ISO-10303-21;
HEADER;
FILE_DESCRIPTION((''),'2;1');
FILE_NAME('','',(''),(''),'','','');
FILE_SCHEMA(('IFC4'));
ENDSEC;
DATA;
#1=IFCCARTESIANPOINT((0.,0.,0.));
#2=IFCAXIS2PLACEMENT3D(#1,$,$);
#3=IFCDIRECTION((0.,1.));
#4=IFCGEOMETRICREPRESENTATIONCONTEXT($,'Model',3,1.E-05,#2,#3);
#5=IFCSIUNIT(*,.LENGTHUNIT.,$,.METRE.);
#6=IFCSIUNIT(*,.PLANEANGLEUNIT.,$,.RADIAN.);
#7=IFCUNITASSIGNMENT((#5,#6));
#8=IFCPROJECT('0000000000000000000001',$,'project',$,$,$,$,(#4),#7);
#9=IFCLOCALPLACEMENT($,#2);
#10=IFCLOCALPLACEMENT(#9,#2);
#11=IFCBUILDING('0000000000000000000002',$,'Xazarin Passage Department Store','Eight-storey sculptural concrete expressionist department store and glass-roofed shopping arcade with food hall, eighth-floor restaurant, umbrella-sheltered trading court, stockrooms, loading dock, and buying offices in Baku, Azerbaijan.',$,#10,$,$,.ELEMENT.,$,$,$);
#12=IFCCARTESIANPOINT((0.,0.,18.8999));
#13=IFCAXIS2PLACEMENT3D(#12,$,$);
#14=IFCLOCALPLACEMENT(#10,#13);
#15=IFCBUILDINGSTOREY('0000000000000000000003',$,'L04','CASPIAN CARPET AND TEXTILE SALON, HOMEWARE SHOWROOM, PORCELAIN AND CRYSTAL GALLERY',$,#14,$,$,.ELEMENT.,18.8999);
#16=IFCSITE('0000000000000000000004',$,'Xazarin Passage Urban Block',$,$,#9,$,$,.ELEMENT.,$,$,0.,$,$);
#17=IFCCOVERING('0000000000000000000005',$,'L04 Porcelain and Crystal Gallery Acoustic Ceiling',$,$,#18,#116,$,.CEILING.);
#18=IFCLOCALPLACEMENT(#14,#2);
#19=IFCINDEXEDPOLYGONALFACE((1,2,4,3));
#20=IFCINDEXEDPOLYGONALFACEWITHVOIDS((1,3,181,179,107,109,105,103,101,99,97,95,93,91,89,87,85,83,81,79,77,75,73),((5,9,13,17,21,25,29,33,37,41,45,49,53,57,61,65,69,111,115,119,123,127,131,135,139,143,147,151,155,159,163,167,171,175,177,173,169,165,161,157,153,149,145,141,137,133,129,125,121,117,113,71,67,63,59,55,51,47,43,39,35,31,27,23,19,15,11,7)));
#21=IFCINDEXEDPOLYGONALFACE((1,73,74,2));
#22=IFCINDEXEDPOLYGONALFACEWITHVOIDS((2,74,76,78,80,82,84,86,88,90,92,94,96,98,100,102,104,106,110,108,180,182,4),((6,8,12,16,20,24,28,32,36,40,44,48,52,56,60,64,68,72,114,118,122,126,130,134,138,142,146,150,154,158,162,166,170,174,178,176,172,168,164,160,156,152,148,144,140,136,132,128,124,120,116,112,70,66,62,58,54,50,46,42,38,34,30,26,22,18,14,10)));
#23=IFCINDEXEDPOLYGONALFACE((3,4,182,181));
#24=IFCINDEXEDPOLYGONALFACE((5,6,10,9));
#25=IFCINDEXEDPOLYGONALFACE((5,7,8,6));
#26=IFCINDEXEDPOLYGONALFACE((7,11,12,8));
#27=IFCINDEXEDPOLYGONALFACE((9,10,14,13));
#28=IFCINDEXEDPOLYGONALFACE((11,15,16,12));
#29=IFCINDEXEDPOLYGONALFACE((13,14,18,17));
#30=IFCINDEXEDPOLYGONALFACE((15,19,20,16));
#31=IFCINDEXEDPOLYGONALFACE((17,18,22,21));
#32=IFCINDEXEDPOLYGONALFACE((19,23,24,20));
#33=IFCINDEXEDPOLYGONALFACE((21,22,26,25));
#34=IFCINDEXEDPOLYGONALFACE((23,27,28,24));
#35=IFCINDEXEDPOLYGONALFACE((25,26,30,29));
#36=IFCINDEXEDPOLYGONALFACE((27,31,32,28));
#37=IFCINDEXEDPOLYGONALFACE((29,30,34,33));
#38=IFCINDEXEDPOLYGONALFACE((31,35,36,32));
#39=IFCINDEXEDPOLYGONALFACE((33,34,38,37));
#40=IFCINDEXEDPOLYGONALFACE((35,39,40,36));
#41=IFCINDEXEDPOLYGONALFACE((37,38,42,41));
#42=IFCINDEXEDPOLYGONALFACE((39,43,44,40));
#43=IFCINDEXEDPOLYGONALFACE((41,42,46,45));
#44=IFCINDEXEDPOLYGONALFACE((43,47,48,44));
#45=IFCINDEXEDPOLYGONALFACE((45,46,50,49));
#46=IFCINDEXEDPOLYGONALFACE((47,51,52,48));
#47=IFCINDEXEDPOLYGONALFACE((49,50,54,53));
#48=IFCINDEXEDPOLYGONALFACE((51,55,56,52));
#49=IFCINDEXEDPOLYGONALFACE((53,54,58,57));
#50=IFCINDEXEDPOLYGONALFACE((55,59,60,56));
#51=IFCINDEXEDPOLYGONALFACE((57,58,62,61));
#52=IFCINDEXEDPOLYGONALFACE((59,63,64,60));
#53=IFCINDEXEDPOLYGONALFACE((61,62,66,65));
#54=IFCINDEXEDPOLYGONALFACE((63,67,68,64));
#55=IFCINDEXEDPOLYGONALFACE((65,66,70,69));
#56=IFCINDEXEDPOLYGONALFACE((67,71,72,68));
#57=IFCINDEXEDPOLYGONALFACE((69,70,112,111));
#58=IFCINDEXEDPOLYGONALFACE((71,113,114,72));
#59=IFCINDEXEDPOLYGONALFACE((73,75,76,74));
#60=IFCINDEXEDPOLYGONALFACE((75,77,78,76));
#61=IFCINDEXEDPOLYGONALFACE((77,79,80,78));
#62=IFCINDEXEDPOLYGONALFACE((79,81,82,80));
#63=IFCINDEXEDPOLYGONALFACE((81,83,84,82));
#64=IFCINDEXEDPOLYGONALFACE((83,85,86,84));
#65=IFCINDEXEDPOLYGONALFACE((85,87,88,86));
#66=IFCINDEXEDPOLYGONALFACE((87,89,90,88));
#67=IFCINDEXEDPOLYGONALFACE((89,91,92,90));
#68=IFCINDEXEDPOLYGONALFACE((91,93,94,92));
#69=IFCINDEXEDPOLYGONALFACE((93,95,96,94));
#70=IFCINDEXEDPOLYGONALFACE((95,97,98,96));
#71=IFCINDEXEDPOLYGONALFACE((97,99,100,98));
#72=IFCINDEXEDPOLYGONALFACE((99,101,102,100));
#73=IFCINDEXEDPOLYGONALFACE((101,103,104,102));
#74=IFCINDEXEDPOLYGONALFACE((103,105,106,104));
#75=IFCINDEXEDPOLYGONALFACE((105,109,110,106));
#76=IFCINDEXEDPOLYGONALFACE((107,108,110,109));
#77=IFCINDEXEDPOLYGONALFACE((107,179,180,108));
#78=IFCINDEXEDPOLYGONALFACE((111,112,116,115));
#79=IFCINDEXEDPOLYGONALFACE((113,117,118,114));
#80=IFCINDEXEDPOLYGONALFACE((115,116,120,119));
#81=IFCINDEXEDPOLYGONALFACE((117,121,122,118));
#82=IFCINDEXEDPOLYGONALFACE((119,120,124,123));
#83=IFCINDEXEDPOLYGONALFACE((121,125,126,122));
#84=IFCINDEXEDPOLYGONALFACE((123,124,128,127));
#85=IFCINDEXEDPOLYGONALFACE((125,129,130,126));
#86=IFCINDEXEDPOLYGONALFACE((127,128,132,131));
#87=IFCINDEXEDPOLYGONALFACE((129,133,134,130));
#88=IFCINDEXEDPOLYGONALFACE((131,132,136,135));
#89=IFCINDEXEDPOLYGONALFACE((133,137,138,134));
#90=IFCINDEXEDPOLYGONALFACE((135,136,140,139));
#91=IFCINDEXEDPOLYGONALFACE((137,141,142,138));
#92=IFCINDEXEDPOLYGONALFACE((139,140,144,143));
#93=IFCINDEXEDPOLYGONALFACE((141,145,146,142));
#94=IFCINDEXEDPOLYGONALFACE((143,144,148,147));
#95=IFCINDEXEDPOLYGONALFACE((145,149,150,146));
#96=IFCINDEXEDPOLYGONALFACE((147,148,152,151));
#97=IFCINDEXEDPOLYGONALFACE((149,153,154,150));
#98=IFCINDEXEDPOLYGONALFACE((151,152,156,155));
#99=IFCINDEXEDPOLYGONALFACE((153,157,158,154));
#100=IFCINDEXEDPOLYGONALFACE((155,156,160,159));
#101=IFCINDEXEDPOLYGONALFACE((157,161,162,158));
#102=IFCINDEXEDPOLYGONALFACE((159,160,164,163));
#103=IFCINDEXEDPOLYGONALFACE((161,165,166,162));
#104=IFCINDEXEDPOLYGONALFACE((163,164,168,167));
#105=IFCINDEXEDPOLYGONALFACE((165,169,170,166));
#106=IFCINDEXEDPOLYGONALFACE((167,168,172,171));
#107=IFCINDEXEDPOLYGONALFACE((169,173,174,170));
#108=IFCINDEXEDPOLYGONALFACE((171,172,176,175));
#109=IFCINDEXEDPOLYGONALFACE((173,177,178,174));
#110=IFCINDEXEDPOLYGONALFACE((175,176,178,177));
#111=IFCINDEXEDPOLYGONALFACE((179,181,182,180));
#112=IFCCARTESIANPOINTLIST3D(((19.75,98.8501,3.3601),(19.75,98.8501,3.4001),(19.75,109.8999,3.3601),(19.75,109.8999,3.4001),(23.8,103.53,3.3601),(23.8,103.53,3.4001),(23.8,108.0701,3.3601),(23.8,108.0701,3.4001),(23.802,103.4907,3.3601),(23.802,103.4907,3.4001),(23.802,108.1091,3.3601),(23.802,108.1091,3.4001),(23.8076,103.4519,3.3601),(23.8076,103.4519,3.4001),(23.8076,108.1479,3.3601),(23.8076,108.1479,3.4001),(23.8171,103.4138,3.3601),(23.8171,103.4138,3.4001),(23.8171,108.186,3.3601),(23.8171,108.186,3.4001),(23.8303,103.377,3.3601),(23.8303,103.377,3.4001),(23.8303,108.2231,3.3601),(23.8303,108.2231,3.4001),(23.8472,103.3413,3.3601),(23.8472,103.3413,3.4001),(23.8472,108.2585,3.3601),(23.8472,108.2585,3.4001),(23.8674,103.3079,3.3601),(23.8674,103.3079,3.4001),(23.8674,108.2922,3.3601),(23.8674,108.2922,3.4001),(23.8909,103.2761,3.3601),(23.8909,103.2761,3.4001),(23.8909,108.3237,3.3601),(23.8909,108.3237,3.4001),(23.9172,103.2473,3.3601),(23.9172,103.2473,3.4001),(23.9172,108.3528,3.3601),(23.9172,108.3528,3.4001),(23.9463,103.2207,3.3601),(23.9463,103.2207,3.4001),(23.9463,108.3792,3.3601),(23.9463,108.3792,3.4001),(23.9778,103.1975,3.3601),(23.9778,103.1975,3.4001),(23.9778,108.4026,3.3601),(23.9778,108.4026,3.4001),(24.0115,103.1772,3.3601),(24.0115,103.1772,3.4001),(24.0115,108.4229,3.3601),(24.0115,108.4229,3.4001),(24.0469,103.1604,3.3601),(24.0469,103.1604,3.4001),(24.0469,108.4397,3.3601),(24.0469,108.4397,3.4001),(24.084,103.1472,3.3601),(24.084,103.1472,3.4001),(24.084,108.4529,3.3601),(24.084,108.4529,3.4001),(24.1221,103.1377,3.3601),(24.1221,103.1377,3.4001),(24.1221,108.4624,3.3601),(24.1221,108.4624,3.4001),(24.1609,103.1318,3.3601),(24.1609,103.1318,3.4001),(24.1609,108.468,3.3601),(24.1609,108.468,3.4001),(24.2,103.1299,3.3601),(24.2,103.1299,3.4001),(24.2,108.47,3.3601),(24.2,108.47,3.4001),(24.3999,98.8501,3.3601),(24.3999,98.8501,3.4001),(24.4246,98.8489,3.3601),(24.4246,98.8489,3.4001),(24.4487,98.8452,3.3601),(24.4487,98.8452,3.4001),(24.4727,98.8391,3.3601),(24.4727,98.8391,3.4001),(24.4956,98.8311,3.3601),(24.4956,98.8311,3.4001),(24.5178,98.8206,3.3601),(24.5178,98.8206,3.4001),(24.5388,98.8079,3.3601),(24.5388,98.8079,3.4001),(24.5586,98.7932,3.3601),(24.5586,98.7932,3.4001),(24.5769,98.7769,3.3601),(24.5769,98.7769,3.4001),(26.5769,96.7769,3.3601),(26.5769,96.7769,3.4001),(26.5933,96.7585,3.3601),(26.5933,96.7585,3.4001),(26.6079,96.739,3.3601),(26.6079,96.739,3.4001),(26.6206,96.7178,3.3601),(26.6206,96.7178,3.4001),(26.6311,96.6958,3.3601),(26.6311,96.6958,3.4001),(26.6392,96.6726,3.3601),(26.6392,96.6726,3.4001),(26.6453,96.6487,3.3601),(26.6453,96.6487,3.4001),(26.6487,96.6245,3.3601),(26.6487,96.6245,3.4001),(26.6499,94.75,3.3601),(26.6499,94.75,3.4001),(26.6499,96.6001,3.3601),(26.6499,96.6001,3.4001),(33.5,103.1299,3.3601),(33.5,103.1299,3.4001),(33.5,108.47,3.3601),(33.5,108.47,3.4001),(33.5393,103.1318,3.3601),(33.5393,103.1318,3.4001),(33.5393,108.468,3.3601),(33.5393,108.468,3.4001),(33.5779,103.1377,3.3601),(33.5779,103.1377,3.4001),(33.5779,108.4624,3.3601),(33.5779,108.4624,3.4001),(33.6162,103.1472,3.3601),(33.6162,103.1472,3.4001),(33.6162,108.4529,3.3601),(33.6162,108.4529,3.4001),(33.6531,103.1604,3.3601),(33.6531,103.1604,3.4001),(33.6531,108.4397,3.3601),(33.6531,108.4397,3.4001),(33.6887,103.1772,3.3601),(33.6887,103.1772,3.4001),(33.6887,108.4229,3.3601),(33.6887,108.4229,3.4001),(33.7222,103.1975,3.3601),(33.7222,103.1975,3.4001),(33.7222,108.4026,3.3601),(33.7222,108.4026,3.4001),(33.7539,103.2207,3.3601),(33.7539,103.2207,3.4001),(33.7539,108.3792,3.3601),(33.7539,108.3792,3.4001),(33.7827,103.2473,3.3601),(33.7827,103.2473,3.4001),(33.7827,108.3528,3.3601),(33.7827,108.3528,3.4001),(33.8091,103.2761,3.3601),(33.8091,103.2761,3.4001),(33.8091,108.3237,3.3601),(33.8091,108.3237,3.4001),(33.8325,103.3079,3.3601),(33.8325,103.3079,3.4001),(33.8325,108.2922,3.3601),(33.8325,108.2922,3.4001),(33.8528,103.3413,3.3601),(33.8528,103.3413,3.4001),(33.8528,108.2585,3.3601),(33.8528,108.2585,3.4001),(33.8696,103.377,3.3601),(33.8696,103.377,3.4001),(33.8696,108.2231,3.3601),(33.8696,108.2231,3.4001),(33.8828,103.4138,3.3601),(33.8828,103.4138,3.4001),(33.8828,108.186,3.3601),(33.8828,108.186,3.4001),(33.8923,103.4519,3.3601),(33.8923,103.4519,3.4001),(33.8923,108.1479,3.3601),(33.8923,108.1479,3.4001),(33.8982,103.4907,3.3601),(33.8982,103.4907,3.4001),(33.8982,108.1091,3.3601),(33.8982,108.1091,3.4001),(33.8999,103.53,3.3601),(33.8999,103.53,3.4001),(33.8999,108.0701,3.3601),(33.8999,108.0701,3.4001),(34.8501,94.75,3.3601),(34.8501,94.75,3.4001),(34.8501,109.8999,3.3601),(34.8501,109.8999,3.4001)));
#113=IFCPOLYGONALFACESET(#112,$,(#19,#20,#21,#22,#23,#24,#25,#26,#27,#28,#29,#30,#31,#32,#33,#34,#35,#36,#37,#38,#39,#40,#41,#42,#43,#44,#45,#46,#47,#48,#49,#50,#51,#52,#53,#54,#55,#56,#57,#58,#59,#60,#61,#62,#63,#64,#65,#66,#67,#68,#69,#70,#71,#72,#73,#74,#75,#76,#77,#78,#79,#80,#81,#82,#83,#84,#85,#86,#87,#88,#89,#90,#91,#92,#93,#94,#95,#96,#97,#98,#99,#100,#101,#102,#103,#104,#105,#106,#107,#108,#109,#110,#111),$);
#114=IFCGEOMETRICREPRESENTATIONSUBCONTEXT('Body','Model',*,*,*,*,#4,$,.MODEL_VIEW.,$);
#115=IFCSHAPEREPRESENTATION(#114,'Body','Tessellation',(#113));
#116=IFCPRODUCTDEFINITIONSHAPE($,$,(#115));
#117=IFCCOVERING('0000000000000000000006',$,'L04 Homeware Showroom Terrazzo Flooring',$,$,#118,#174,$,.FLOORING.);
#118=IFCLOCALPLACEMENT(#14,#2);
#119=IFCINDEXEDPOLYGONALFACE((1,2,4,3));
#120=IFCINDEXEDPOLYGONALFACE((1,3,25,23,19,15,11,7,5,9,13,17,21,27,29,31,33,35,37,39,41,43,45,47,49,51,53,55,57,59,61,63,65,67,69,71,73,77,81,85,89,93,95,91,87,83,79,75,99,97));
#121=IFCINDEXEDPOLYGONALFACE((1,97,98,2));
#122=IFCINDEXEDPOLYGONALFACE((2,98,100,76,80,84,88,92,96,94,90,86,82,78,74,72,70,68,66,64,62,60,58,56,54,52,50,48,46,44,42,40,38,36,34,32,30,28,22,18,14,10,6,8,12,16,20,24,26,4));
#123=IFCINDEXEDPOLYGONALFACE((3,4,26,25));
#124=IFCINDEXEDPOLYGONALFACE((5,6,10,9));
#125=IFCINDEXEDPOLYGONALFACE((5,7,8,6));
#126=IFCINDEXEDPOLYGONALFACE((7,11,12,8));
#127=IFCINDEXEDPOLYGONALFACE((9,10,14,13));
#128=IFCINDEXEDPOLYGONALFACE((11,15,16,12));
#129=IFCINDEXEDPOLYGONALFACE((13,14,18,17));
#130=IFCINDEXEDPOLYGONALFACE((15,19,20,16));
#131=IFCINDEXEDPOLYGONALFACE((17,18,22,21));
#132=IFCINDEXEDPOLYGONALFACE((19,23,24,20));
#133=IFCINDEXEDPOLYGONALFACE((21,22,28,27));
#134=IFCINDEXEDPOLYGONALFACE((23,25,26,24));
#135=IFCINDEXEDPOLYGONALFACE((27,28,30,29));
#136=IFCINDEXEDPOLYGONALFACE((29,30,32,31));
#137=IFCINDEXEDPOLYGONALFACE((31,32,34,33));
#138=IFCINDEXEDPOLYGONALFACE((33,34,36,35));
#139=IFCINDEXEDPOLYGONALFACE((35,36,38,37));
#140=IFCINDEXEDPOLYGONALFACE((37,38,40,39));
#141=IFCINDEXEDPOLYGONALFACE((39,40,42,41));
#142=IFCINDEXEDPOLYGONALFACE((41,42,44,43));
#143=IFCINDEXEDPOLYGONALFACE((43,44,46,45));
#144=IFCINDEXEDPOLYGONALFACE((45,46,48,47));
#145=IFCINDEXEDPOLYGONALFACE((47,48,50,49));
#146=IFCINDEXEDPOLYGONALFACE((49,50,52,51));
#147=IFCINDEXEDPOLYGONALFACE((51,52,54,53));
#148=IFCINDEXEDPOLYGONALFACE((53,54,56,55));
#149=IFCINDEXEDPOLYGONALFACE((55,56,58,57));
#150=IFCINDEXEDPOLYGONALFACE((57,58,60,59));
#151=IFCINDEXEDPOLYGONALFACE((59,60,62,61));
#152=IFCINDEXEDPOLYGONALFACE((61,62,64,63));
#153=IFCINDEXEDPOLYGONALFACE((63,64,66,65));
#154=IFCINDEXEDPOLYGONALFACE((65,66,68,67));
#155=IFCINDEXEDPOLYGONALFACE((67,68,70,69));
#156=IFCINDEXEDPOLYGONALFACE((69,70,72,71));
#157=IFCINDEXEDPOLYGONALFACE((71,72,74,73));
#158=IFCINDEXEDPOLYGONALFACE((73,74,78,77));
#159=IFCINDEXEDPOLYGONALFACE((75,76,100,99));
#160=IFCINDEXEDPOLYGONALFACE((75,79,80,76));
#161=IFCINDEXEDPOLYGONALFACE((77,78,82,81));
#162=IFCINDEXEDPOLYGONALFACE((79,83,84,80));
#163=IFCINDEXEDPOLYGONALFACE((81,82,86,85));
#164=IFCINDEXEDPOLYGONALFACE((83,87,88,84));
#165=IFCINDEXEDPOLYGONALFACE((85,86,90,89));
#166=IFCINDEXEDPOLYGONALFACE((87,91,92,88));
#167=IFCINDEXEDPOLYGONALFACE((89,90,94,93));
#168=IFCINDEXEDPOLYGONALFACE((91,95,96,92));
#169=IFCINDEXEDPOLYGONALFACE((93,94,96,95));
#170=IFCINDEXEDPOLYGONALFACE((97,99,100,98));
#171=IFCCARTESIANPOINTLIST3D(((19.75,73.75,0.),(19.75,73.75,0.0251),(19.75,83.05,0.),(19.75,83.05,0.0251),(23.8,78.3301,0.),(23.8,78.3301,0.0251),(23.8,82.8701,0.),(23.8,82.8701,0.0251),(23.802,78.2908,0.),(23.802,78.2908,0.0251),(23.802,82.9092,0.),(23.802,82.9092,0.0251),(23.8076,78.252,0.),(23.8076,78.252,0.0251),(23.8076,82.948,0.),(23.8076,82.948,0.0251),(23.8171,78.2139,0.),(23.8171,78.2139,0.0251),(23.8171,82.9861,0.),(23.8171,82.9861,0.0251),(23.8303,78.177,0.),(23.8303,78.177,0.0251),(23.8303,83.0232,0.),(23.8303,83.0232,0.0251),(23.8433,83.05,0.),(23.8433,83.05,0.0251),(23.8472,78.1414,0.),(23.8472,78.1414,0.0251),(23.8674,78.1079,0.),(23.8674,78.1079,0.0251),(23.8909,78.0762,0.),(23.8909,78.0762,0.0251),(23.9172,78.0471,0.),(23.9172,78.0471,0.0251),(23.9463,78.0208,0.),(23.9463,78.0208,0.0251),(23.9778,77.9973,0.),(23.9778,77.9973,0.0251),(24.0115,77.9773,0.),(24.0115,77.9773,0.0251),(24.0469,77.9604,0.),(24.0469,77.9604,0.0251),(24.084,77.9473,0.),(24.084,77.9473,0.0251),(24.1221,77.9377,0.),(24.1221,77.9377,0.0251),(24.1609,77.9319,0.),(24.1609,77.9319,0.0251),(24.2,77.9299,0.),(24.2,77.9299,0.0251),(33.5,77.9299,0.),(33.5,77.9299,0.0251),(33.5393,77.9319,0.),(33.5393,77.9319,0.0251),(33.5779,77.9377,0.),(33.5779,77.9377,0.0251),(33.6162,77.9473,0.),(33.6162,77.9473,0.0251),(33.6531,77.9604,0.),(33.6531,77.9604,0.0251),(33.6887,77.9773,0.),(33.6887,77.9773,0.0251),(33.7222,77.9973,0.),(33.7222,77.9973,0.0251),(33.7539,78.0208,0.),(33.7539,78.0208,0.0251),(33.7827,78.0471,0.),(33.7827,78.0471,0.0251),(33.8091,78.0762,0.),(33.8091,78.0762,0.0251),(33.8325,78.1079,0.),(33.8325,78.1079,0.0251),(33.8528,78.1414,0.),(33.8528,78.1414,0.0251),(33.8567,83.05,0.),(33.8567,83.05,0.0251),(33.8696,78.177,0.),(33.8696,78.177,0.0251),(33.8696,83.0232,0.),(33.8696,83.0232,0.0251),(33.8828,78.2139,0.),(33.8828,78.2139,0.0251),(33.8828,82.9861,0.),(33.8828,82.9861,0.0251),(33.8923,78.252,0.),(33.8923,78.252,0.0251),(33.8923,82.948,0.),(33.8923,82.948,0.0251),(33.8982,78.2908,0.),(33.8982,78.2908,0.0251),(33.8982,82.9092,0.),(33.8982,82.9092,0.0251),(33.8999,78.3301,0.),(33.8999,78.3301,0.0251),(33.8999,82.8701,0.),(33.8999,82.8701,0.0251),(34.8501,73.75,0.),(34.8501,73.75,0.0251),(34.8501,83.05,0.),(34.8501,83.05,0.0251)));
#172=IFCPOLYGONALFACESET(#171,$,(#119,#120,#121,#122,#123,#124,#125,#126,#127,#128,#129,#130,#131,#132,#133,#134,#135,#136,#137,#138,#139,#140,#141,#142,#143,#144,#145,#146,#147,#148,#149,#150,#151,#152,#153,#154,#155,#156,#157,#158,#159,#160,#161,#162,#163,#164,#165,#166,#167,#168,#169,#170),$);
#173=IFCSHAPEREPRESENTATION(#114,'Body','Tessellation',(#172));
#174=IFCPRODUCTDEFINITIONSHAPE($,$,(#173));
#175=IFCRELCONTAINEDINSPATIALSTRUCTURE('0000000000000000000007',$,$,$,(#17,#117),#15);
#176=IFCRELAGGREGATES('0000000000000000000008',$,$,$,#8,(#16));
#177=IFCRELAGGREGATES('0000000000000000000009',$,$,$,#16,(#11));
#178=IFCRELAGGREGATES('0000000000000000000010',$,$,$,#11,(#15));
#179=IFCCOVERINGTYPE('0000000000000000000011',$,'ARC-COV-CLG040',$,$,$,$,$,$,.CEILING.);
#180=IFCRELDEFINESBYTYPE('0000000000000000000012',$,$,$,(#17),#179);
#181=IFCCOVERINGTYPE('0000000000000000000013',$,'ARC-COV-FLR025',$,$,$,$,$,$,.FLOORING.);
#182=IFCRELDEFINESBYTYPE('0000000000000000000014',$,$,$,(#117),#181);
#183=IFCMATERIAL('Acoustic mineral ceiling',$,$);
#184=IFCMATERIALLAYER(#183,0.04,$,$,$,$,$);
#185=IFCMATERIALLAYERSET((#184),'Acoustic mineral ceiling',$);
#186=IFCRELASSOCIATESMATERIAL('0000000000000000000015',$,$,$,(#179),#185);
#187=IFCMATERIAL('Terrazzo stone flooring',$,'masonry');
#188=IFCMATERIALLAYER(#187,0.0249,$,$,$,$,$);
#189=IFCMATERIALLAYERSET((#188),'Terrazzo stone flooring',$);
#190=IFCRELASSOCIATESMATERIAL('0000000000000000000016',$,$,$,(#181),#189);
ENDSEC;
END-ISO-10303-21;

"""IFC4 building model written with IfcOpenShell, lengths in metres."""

from ifc_helpers import new_model, si_unit, direction, frame, origin, place, context, subcontext, project, spatial, polyline, outline, extrude, material, layer, layer_set, type_object, element, save


model = new_model("IFC4")

# Units and contexts
model_context = context("Model", 3, precision=1e-05, world=origin(), true_north=direction((0.0, 1.0)))
body_context = subcontext(model_context, "Body", "Model", "MODEL_VIEW")
ifc_project = project(units=[si_unit("LENGTHUNIT", "METRE"), si_unit("PLANEANGLEUNIT", "RADIAN")], contexts=[model_context])

# Site, building, storey
site_placement = place(None, origin())
site = spatial("IfcSite", under=ifc_project, at=site_placement, Name="Xazarin Passage Urban Block", CompositionType="ELEMENT", RefElevation=0.0)
building_placement = place(site_placement, origin())
building = spatial("IfcBuilding", under=site, at=building_placement, Name="Xazarin Passage Department Store", Description="Eight-storey sculptural concrete expressionist department store and glass-roofed shopping arcade with food hall, eighth-floor restaurant, umbrella-sheltered trading court, stockrooms, loading dock, and buying offices in Baku, Azerbaijan.", CompositionType="ELEMENT")
storey_placement = place(building_placement, frame((0.0, 0.0, 18.8999)))
storey = spatial("IfcBuildingStorey", under=building, at=storey_placement, Name="L04", Description="CASPIAN CARPET AND TEXTILE SALON, HOMEWARE SHOWROOM, PORCELAIN AND CRYSTAL GALLERY", CompositionType="ELEMENT", Elevation=18.8999)

# Coverings
ifc_material_1 = material(Name="Acoustic mineral ceiling")
ifc_layer_1 = layer(ifc_material_1, 0.04)
ifc_layer_set_1 = layer_set([ifc_layer_1], Name="Acoustic mineral ceiling")
covering_type_1 = type_object("IfcCoveringType", Name="ARC-COV-CLG040", PredefinedType="CEILING", material=ifc_layer_set_1)
covering_1_placement = place(storey_placement, frame((0.0, 0.0, 3.3601)))
element("IfcCovering", 1, at=covering_1_placement, inside=storey, type_object=covering_type_1, Name="L04 Porcelain and Crystal Gallery Acoustic Ceiling", PredefinedType="CEILING", context=body_context, shape_type="SweptSolid", body=[
    extrude(outline(polyline([(26.6499, 96.6001), (26.6499, 94.75), (34.8501, 94.75), (34.8501, 109.8999), (19.75, 109.8999), (19.75, 98.8501), (24.3999, 98.8501), (24.4246, 98.8489), (24.4487, 98.8452), (24.4727, 98.8391), (24.4956, 98.8311), (24.5178, 98.8206), (24.5388, 98.8079), (24.5586, 98.7932), (24.5769, 98.7769), (26.5769, 96.7769), (26.5933, 96.7585), (26.6079, 96.739), (26.6206, 96.7178), (26.6311, 96.6958), (26.6392, 96.6726), (26.6453, 96.6487), (26.6487, 96.6245), (26.6499, 96.6001)]), holes=[polyline([(33.8999, 103.53), (33.8982, 103.4907), (33.8923, 103.4519), (33.8828, 103.4138), (33.8696, 103.377), (33.8528, 103.3413), (33.8325, 103.3079), (33.8091, 103.2761), (33.7827, 103.2473), (33.7539, 103.2207), (33.7222, 103.1975), (33.6887, 103.1772), (33.6531, 103.1604), (33.6162, 103.1472), (33.5779, 103.1377), (33.5393, 103.1318), (33.5, 103.1299), (24.2, 103.1299), (24.1609, 103.1318), (24.1221, 103.1377), (24.084, 103.1472), (24.0469, 103.1604), (24.0115, 103.1772), (23.9778, 103.1975), (23.9463, 103.2207), (23.9172, 103.2473), (23.8909, 103.2761), (23.8674, 103.3079), (23.8472, 103.3413), (23.8303, 103.377), (23.8171, 103.4138), (23.8076, 103.4519), (23.802, 103.4907), (23.8, 103.53), (23.8, 108.0701), (23.802, 108.1091), (23.8076, 108.1479), (23.8171, 108.186), (23.8303, 108.2231), (23.8472, 108.2585), (23.8674, 108.2922), (23.8909, 108.3237), (23.9172, 108.3528), (23.9463, 108.3792), (23.9778, 108.4026), (24.0115, 108.4229), (24.0469, 108.4397), (24.084, 108.4529), (24.1221, 108.4624), (24.1609, 108.468), (24.2, 108.47), (33.5, 108.47), (33.5393, 108.468), (33.5779, 108.4624), (33.6162, 108.4529), (33.6531, 108.4397), (33.6887, 108.4229), (33.7222, 108.4026), (33.7539, 108.3792), (33.7827, 108.3528), (33.8091, 108.3237), (33.8325, 108.2922), (33.8528, 108.2585), (33.8696, 108.2231), (33.8828, 108.186), (33.8923, 108.1479), (33.8982, 108.1091), (33.8999, 108.0701), (33.8999, 103.53)])]), origin(), (0.0, 0.0, 1.0), 0.04),
])
ifc_material_2 = material(Name="Terrazzo stone flooring", Category="masonry")
ifc_layer_2 = layer(ifc_material_2, 0.0249)
ifc_layer_set_2 = layer_set([ifc_layer_2], Name="Terrazzo stone flooring")
covering_type_2 = type_object("IfcCoveringType", Name="ARC-COV-FLR025", PredefinedType="FLOORING", material=ifc_layer_set_2)
covering_2_placement = place(storey_placement, origin())
element("IfcCovering", 2, at=covering_2_placement, inside=storey, type_object=covering_type_2, Name="L04 Homeware Showroom Terrazzo Flooring", PredefinedType="FLOORING", context=body_context, shape_type="SweptSolid", body=[
    extrude(outline(polyline([(33.8567, 83.05), (33.8696, 83.0232), (33.8828, 82.9861), (33.8923, 82.948), (33.8982, 82.9092), (33.8999, 82.8701), (33.8999, 78.3301), (33.8982, 78.2908), (33.8923, 78.252), (33.8828, 78.2139), (33.8696, 78.177), (33.8528, 78.1414), (33.8325, 78.1079), (33.8091, 78.0762), (33.7827, 78.0471), (33.7539, 78.0208), (33.7222, 77.9973), (33.6887, 77.9773), (33.6531, 77.9604), (33.6162, 77.9473), (33.5779, 77.9377), (33.5393, 77.9319), (33.5, 77.9299), (24.2, 77.9299), (24.1609, 77.9319), (24.1221, 77.9377), (24.084, 77.9473), (24.0469, 77.9604), (24.0115, 77.9773), (23.9778, 77.9973), (23.9463, 78.0208), (23.9172, 78.0471), (23.8909, 78.0762), (23.8674, 78.1079), (23.8472, 78.1414), (23.8303, 78.177), (23.8171, 78.2139), (23.8076, 78.252), (23.802, 78.2908), (23.8, 78.3301), (23.8, 82.8701), (23.802, 82.9092), (23.8076, 82.948), (23.8171, 82.9861), (23.8303, 83.0232), (23.8433, 83.05), (19.75, 83.05), (19.75, 73.75), (34.8501, 73.75), (34.8501, 83.05), (33.8567, 83.05)])), origin(), (0.0, 0.0, 1.0), 0.0251),
])

save(model, "model.ifc")
